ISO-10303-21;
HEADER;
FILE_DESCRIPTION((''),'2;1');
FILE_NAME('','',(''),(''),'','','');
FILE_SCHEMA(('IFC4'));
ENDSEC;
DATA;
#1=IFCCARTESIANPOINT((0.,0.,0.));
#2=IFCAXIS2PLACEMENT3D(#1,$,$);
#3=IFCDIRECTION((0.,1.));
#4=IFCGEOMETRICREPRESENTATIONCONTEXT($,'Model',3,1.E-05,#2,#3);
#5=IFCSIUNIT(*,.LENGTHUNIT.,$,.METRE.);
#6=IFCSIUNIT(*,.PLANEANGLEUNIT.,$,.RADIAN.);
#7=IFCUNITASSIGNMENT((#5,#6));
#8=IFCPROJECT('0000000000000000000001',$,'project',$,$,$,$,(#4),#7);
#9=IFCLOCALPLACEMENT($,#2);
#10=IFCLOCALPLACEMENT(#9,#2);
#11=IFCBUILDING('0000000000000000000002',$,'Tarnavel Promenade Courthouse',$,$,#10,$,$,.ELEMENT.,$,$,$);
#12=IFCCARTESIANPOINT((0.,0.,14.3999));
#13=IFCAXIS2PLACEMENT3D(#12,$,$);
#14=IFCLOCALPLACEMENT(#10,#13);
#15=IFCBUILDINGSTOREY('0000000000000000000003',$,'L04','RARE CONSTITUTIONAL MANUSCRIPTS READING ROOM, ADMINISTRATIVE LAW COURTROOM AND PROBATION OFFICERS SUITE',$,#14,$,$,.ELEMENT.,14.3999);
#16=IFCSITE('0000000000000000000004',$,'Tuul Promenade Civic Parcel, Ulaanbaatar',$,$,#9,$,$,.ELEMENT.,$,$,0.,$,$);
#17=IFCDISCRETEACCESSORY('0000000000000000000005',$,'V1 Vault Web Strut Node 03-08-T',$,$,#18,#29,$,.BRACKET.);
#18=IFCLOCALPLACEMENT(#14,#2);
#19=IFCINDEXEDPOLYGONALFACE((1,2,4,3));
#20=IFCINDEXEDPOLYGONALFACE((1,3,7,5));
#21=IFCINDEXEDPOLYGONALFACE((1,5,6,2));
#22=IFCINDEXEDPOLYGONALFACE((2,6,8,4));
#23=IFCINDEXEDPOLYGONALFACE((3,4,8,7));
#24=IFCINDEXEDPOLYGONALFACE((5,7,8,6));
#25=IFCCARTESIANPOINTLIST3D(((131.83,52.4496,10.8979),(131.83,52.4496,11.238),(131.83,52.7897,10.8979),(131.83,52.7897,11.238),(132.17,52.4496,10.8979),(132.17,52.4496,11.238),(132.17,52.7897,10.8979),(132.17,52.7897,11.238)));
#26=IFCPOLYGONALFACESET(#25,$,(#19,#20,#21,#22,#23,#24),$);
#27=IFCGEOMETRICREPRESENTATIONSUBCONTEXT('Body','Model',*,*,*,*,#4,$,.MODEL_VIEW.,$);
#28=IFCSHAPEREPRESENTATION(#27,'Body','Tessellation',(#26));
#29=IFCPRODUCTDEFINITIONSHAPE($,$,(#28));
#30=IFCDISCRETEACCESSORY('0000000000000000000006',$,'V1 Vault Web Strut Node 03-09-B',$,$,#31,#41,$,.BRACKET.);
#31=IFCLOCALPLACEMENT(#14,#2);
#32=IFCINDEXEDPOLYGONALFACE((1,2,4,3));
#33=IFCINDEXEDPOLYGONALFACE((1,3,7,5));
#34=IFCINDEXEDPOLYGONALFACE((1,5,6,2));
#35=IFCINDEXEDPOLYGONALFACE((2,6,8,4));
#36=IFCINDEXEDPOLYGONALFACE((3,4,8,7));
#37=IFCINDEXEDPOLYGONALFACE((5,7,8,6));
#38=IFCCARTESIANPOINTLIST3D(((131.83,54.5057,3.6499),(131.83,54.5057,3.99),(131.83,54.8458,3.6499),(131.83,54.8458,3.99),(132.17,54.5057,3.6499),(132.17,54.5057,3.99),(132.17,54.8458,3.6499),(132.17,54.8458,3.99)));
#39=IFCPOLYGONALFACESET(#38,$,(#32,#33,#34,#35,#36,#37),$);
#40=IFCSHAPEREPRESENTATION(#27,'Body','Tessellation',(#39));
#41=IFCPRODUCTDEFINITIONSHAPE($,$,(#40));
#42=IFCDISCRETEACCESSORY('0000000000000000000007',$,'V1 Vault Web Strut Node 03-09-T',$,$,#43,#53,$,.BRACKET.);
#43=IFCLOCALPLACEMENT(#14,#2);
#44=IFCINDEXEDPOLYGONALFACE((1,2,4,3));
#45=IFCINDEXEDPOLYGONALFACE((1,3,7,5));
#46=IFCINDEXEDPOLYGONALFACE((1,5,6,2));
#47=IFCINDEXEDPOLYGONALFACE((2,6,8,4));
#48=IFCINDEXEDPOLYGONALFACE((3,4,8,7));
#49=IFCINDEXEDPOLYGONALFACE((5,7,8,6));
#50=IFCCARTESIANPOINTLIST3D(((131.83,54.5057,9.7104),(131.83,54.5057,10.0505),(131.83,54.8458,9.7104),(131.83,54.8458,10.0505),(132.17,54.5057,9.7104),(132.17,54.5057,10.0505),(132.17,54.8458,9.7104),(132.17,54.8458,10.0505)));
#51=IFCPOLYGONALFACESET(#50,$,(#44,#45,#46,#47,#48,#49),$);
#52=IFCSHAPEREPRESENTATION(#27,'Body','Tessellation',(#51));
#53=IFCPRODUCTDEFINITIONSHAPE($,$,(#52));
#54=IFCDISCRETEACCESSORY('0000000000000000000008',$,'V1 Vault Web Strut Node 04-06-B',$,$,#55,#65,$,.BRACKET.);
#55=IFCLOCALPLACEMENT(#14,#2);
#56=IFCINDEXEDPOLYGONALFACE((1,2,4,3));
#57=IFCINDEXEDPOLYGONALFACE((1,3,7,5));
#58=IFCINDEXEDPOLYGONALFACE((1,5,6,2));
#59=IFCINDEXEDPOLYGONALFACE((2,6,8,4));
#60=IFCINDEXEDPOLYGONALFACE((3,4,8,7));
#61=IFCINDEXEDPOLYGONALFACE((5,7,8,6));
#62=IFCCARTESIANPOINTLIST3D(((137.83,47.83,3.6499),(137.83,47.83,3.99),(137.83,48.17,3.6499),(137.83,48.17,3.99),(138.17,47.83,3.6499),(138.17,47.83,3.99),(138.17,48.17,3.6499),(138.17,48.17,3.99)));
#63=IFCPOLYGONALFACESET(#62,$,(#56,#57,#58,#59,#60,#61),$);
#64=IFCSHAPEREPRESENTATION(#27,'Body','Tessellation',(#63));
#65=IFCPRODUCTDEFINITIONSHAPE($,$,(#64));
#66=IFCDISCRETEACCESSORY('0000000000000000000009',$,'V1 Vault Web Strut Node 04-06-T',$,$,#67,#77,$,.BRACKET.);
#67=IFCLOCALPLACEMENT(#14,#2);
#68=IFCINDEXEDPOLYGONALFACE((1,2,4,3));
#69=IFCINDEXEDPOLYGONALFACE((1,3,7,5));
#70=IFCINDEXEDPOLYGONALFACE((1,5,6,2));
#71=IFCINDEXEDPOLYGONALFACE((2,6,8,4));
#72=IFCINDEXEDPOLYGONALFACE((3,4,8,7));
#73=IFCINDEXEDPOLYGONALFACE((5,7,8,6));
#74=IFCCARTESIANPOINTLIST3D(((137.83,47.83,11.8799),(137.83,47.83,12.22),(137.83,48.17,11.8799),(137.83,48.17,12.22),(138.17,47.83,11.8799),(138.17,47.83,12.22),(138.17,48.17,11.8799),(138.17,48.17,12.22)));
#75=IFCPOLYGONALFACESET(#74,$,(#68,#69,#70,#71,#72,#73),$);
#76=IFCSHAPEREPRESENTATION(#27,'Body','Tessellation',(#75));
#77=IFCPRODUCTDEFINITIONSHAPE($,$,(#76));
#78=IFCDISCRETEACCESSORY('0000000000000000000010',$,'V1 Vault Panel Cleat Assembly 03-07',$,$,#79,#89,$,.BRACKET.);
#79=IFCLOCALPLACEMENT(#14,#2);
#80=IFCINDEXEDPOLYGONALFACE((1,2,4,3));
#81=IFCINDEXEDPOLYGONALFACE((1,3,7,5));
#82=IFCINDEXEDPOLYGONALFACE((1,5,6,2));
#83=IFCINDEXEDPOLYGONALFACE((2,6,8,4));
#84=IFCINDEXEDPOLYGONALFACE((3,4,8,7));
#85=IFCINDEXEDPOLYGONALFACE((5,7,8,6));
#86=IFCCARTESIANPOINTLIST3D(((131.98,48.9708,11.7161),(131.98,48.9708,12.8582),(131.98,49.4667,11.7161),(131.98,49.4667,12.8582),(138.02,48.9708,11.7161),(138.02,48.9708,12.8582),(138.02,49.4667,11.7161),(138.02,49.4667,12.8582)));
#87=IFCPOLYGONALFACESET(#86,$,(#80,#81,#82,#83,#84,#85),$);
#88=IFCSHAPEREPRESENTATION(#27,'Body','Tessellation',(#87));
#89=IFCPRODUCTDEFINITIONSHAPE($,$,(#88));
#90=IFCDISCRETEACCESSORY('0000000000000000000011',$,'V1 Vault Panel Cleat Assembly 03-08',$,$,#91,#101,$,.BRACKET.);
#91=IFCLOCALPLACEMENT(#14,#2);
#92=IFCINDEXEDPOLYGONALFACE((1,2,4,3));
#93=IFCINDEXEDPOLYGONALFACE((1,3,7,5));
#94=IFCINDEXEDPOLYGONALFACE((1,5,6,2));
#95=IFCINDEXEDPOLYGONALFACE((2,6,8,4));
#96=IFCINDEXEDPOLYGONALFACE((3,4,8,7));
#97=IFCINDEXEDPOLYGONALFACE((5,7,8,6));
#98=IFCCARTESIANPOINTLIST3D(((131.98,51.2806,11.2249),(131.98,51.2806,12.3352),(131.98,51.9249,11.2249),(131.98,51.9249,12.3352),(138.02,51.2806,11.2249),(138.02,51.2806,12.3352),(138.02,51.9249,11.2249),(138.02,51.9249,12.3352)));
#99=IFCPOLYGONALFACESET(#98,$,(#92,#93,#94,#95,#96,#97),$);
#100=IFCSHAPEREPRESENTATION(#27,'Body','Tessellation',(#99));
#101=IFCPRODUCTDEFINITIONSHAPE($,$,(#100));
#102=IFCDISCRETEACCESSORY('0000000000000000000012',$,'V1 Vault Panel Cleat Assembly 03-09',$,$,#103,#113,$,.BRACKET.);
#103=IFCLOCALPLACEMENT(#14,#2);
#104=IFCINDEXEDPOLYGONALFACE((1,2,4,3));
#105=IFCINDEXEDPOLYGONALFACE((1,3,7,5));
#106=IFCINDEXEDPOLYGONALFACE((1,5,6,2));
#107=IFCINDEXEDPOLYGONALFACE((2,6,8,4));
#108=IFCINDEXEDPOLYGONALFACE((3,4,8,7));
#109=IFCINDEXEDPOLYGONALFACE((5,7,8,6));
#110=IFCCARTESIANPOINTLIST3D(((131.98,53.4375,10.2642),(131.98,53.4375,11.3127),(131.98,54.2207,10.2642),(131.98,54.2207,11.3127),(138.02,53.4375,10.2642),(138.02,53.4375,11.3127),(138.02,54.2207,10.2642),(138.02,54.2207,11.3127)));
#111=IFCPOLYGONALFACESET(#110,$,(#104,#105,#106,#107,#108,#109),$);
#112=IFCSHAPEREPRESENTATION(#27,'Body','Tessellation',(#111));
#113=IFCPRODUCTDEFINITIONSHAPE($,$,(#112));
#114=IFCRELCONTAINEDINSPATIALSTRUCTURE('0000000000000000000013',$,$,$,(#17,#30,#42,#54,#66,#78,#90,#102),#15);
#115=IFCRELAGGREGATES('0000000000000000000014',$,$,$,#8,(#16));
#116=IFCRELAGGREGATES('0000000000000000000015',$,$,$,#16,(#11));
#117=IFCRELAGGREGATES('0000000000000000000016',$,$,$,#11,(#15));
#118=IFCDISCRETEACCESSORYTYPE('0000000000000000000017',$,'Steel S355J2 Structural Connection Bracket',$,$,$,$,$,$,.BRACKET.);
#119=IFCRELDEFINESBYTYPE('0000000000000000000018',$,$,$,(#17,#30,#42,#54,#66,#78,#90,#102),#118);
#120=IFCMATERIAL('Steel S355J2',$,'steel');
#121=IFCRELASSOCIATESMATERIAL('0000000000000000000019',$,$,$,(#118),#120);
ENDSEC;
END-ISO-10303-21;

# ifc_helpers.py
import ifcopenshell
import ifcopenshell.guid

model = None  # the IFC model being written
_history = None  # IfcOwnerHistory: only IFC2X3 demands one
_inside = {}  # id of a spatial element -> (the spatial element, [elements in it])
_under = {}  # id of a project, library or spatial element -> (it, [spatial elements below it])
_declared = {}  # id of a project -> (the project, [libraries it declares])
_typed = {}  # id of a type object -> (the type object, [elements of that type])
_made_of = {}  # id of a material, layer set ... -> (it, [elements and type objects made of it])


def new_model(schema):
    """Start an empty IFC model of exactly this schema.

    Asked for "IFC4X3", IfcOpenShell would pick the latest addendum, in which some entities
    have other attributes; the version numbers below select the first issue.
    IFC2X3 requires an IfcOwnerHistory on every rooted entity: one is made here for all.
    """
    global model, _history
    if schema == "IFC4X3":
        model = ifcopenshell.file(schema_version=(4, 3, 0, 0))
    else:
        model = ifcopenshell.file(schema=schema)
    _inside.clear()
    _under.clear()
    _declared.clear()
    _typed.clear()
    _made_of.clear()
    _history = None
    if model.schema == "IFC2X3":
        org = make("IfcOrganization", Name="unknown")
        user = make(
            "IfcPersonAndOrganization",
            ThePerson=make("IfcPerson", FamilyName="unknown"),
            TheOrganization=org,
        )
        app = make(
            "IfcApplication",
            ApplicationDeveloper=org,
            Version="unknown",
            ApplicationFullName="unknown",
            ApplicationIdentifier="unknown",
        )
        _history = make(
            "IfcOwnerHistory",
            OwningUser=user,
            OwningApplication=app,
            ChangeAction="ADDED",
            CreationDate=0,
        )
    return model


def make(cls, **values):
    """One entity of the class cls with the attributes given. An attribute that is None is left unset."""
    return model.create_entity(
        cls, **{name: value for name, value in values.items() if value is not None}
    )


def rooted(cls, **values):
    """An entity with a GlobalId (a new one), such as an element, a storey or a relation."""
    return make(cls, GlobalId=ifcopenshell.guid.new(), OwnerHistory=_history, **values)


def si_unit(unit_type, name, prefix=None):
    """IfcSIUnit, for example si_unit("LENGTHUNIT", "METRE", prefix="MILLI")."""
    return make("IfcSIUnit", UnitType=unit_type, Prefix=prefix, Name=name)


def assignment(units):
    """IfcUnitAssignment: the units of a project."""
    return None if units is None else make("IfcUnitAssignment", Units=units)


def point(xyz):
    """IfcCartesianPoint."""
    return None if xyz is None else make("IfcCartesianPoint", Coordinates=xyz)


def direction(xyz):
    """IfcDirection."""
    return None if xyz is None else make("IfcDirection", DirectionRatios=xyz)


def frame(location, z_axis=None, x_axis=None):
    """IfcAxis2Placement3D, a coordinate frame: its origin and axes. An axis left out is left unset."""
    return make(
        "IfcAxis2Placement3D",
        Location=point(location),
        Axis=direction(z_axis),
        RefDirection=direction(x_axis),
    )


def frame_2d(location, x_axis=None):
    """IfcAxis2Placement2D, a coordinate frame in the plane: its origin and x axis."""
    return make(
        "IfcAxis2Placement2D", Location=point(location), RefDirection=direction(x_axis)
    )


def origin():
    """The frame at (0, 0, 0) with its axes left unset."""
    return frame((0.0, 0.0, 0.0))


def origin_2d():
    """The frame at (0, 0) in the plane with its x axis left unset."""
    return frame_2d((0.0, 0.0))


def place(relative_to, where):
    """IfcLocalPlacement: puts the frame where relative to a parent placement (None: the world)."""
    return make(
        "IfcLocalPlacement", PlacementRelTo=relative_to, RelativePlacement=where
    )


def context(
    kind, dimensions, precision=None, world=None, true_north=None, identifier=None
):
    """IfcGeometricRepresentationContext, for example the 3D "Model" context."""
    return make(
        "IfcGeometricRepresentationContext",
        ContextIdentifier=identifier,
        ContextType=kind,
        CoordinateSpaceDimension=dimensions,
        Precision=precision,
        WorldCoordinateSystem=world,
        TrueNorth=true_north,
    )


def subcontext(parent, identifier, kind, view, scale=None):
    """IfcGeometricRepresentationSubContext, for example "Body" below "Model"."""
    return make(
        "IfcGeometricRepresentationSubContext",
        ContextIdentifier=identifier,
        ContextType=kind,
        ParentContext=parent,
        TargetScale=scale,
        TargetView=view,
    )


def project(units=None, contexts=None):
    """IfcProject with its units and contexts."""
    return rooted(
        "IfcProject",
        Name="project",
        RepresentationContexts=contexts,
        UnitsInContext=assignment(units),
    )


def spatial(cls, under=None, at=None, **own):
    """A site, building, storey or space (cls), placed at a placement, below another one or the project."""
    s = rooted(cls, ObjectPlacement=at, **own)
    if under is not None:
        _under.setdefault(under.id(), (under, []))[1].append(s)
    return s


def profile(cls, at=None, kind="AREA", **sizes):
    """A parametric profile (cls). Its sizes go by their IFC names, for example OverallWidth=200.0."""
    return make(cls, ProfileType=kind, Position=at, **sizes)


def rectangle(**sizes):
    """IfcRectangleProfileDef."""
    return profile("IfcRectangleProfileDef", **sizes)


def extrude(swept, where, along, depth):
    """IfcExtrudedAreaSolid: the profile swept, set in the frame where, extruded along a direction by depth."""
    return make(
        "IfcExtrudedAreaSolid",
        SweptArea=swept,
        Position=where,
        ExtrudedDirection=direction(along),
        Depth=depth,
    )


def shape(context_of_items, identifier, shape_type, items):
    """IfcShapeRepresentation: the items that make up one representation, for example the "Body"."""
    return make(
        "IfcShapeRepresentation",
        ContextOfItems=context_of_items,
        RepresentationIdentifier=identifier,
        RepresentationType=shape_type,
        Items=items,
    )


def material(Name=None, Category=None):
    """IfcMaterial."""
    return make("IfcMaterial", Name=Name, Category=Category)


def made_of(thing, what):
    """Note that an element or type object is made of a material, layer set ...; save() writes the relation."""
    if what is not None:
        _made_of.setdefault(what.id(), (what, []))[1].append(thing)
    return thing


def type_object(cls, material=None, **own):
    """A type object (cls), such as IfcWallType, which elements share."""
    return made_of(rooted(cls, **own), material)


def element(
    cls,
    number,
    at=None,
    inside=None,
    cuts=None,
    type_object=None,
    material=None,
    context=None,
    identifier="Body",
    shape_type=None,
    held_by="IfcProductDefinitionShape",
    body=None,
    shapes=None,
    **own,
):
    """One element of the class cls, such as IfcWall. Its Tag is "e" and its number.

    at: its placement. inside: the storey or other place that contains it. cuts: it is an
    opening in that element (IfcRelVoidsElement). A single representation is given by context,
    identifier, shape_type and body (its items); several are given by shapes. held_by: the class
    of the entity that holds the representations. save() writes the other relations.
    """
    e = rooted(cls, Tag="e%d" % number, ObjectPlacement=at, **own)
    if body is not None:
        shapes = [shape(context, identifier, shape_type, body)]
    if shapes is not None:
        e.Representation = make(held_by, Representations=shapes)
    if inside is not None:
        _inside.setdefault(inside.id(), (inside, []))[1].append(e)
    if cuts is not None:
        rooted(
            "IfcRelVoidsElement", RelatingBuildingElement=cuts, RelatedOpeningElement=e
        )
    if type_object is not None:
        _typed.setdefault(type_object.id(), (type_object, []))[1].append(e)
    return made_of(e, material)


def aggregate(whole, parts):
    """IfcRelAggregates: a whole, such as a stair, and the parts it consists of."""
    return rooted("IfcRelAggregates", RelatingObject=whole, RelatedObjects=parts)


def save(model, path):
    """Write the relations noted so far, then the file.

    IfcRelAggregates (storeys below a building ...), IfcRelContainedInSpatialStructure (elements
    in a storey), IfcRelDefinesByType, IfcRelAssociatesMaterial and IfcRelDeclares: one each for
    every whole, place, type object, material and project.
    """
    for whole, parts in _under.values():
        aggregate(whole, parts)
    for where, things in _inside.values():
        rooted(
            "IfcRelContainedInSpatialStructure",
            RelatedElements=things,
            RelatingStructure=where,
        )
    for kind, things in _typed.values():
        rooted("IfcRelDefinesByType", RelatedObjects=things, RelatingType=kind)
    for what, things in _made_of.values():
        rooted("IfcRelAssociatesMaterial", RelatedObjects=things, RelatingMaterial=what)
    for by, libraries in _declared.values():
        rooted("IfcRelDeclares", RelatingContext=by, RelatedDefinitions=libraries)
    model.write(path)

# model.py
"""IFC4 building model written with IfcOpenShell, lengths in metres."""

from ifc_helpers import new_model, si_unit, direction, frame, origin, origin_2d, place, context, subcontext, project, spatial, rectangle, extrude, material, type_object, element, save


model = new_model("IFC4")

# Units and contexts
model_context = context("Model", 3, precision=1e-05, world=origin(), true_north=direction((0.0, 1.0)))
body_context = subcontext(model_context, "Body", "Model", "MODEL_VIEW")
ifc_project = project(units=[si_unit("LENGTHUNIT", "METRE"), si_unit("PLANEANGLEUNIT", "RADIAN")], contexts=[model_context])

# Site, building, storey
site_placement = place(None, origin())
site = spatial("IfcSite", under=ifc_project, at=site_placement, Name="Tuul Promenade Civic Parcel, Ulaanbaatar", CompositionType="ELEMENT", RefElevation=0.0)
building_placement = place(site_placement, origin())
building = spatial("IfcBuilding", under=site, at=building_placement, Name="Tarnavel Promenade Courthouse", CompositionType="ELEMENT")
storey_placement = place(building_placement, frame((0.0, 0.0, 14.3999)))
storey = spatial("IfcBuildingStorey", under=building, at=storey_placement, Name="L04", Description="RARE CONSTITUTIONAL MANUSCRIPTS READING ROOM, ADMINISTRATIVE LAW COURTROOM AND PROBATION OFFICERS SUITE", CompositionType="ELEMENT", Elevation=14.3999)

# Shared definitions
ifc_material_1 = material(Name="Steel S355J2", Category="steel")

# Discrete accessories
discrete_accessory_type = type_object("IfcDiscreteAccessoryType", Name="Steel S355J2 Structural Connection Bracket", PredefinedType="BRACKET", material=ifc_material_1)
for number, where, z_axis, x_axis, name in (
    (1, (132.0, 52.6196, 10.8979), (0.0, 0.0, 1.0), (1.0, 0.0, 0.0), "V1 Vault Web Strut Node 03-08-T"),
    (2, (132.0, 54.6758, 3.6499), (0.0, 0.0, 1.0), (1.0, 0.0, 0.0), "V1 Vault Web Strut Node 03-09-B"),
    (3, (132.0, 54.6758, 9.7104), (0.0, 0.0, 1.0), (1.0, 0.0, 0.0), "V1 Vault Web Strut Node 03-09-T"),
    (4, (138.0, 48.0, 3.6499), (0.0, 0.0, 1.0), (1.0, 0.0, 0.0), "V1 Vault Web Strut Node 04-06-B"),
    (5, (138.0, 48.0, 11.8799), (0.0, 0.0, 1.0), (1.0, 0.0, 0.0), "V1 Vault Web Strut Node 04-06-T"),
):
    element("IfcDiscreteAccessory", number, at=place(storey_placement, frame(where, z_axis=z_axis, x_axis=x_axis)), inside=storey, type_object=discrete_accessory_type, Name=name, PredefinedType="BRACKET", context=body_context, shape_type="SweptSolid", body=[
        extrude(rectangle(XDim=0.3401, YDim=0.3401, at=origin_2d()), origin(), (0.0, 0.0, 1.0), 0.3401),
    ])
discrete_accessory_1_placement = place(storey_placement, frame((135.0, 49.2188, 11.7161), z_axis=(0.0, 0.0, 1.0), x_axis=(1.0, 0.0, 0.0)))
element("IfcDiscreteAccessory", 6, at=discrete_accessory_1_placement, inside=storey, type_object=discrete_accessory_type, Name="V1 Vault Panel Cleat Assembly 03-07", PredefinedType="BRACKET", context=body_context, shape_type="SweptSolid", body=[
    extrude(rectangle(XDim=6.04, YDim=0.4958, at=origin_2d()), origin(), (0.0, 0.0, 1.0), 1.1421),
])
discrete_accessory_2_placement = place(storey_placement, frame((135.0, 51.6028, 11.2249), z_axis=(0.0, 0.0, 1.0), x_axis=(1.0, 0.0, 0.0)))
element("IfcDiscreteAccessory", 7, at=discrete_accessory_2_placement, inside=storey, type_object=discrete_accessory_type, Name="V1 Vault Panel Cleat Assembly 03-08", PredefinedType="BRACKET", context=body_context, shape_type="SweptSolid", body=[
    extrude(rectangle(XDim=6.04, YDim=0.6443, at=origin_2d()), origin(), (0.0, 0.0, 1.0), 1.1104),
])
discrete_accessory_3_placement = place(storey_placement, frame((135.0, 53.8291, 10.2642), z_axis=(0.0, 0.0, 1.0), x_axis=(1.0, 0.0, 0.0)))
element("IfcDiscreteAccessory", 8, at=discrete_accessory_3_placement, inside=storey, type_object=discrete_accessory_type, Name="V1 Vault Panel Cleat Assembly 03-09", PredefinedType="BRACKET", context=body_context, shape_type="SweptSolid", body=[
    extrude(rectangle(XDim=6.04, YDim=0.7832, at=origin_2d()), origin(), (0.0, 0.0, 1.0), 1.0486),
])

save(model, "model.ifc")
